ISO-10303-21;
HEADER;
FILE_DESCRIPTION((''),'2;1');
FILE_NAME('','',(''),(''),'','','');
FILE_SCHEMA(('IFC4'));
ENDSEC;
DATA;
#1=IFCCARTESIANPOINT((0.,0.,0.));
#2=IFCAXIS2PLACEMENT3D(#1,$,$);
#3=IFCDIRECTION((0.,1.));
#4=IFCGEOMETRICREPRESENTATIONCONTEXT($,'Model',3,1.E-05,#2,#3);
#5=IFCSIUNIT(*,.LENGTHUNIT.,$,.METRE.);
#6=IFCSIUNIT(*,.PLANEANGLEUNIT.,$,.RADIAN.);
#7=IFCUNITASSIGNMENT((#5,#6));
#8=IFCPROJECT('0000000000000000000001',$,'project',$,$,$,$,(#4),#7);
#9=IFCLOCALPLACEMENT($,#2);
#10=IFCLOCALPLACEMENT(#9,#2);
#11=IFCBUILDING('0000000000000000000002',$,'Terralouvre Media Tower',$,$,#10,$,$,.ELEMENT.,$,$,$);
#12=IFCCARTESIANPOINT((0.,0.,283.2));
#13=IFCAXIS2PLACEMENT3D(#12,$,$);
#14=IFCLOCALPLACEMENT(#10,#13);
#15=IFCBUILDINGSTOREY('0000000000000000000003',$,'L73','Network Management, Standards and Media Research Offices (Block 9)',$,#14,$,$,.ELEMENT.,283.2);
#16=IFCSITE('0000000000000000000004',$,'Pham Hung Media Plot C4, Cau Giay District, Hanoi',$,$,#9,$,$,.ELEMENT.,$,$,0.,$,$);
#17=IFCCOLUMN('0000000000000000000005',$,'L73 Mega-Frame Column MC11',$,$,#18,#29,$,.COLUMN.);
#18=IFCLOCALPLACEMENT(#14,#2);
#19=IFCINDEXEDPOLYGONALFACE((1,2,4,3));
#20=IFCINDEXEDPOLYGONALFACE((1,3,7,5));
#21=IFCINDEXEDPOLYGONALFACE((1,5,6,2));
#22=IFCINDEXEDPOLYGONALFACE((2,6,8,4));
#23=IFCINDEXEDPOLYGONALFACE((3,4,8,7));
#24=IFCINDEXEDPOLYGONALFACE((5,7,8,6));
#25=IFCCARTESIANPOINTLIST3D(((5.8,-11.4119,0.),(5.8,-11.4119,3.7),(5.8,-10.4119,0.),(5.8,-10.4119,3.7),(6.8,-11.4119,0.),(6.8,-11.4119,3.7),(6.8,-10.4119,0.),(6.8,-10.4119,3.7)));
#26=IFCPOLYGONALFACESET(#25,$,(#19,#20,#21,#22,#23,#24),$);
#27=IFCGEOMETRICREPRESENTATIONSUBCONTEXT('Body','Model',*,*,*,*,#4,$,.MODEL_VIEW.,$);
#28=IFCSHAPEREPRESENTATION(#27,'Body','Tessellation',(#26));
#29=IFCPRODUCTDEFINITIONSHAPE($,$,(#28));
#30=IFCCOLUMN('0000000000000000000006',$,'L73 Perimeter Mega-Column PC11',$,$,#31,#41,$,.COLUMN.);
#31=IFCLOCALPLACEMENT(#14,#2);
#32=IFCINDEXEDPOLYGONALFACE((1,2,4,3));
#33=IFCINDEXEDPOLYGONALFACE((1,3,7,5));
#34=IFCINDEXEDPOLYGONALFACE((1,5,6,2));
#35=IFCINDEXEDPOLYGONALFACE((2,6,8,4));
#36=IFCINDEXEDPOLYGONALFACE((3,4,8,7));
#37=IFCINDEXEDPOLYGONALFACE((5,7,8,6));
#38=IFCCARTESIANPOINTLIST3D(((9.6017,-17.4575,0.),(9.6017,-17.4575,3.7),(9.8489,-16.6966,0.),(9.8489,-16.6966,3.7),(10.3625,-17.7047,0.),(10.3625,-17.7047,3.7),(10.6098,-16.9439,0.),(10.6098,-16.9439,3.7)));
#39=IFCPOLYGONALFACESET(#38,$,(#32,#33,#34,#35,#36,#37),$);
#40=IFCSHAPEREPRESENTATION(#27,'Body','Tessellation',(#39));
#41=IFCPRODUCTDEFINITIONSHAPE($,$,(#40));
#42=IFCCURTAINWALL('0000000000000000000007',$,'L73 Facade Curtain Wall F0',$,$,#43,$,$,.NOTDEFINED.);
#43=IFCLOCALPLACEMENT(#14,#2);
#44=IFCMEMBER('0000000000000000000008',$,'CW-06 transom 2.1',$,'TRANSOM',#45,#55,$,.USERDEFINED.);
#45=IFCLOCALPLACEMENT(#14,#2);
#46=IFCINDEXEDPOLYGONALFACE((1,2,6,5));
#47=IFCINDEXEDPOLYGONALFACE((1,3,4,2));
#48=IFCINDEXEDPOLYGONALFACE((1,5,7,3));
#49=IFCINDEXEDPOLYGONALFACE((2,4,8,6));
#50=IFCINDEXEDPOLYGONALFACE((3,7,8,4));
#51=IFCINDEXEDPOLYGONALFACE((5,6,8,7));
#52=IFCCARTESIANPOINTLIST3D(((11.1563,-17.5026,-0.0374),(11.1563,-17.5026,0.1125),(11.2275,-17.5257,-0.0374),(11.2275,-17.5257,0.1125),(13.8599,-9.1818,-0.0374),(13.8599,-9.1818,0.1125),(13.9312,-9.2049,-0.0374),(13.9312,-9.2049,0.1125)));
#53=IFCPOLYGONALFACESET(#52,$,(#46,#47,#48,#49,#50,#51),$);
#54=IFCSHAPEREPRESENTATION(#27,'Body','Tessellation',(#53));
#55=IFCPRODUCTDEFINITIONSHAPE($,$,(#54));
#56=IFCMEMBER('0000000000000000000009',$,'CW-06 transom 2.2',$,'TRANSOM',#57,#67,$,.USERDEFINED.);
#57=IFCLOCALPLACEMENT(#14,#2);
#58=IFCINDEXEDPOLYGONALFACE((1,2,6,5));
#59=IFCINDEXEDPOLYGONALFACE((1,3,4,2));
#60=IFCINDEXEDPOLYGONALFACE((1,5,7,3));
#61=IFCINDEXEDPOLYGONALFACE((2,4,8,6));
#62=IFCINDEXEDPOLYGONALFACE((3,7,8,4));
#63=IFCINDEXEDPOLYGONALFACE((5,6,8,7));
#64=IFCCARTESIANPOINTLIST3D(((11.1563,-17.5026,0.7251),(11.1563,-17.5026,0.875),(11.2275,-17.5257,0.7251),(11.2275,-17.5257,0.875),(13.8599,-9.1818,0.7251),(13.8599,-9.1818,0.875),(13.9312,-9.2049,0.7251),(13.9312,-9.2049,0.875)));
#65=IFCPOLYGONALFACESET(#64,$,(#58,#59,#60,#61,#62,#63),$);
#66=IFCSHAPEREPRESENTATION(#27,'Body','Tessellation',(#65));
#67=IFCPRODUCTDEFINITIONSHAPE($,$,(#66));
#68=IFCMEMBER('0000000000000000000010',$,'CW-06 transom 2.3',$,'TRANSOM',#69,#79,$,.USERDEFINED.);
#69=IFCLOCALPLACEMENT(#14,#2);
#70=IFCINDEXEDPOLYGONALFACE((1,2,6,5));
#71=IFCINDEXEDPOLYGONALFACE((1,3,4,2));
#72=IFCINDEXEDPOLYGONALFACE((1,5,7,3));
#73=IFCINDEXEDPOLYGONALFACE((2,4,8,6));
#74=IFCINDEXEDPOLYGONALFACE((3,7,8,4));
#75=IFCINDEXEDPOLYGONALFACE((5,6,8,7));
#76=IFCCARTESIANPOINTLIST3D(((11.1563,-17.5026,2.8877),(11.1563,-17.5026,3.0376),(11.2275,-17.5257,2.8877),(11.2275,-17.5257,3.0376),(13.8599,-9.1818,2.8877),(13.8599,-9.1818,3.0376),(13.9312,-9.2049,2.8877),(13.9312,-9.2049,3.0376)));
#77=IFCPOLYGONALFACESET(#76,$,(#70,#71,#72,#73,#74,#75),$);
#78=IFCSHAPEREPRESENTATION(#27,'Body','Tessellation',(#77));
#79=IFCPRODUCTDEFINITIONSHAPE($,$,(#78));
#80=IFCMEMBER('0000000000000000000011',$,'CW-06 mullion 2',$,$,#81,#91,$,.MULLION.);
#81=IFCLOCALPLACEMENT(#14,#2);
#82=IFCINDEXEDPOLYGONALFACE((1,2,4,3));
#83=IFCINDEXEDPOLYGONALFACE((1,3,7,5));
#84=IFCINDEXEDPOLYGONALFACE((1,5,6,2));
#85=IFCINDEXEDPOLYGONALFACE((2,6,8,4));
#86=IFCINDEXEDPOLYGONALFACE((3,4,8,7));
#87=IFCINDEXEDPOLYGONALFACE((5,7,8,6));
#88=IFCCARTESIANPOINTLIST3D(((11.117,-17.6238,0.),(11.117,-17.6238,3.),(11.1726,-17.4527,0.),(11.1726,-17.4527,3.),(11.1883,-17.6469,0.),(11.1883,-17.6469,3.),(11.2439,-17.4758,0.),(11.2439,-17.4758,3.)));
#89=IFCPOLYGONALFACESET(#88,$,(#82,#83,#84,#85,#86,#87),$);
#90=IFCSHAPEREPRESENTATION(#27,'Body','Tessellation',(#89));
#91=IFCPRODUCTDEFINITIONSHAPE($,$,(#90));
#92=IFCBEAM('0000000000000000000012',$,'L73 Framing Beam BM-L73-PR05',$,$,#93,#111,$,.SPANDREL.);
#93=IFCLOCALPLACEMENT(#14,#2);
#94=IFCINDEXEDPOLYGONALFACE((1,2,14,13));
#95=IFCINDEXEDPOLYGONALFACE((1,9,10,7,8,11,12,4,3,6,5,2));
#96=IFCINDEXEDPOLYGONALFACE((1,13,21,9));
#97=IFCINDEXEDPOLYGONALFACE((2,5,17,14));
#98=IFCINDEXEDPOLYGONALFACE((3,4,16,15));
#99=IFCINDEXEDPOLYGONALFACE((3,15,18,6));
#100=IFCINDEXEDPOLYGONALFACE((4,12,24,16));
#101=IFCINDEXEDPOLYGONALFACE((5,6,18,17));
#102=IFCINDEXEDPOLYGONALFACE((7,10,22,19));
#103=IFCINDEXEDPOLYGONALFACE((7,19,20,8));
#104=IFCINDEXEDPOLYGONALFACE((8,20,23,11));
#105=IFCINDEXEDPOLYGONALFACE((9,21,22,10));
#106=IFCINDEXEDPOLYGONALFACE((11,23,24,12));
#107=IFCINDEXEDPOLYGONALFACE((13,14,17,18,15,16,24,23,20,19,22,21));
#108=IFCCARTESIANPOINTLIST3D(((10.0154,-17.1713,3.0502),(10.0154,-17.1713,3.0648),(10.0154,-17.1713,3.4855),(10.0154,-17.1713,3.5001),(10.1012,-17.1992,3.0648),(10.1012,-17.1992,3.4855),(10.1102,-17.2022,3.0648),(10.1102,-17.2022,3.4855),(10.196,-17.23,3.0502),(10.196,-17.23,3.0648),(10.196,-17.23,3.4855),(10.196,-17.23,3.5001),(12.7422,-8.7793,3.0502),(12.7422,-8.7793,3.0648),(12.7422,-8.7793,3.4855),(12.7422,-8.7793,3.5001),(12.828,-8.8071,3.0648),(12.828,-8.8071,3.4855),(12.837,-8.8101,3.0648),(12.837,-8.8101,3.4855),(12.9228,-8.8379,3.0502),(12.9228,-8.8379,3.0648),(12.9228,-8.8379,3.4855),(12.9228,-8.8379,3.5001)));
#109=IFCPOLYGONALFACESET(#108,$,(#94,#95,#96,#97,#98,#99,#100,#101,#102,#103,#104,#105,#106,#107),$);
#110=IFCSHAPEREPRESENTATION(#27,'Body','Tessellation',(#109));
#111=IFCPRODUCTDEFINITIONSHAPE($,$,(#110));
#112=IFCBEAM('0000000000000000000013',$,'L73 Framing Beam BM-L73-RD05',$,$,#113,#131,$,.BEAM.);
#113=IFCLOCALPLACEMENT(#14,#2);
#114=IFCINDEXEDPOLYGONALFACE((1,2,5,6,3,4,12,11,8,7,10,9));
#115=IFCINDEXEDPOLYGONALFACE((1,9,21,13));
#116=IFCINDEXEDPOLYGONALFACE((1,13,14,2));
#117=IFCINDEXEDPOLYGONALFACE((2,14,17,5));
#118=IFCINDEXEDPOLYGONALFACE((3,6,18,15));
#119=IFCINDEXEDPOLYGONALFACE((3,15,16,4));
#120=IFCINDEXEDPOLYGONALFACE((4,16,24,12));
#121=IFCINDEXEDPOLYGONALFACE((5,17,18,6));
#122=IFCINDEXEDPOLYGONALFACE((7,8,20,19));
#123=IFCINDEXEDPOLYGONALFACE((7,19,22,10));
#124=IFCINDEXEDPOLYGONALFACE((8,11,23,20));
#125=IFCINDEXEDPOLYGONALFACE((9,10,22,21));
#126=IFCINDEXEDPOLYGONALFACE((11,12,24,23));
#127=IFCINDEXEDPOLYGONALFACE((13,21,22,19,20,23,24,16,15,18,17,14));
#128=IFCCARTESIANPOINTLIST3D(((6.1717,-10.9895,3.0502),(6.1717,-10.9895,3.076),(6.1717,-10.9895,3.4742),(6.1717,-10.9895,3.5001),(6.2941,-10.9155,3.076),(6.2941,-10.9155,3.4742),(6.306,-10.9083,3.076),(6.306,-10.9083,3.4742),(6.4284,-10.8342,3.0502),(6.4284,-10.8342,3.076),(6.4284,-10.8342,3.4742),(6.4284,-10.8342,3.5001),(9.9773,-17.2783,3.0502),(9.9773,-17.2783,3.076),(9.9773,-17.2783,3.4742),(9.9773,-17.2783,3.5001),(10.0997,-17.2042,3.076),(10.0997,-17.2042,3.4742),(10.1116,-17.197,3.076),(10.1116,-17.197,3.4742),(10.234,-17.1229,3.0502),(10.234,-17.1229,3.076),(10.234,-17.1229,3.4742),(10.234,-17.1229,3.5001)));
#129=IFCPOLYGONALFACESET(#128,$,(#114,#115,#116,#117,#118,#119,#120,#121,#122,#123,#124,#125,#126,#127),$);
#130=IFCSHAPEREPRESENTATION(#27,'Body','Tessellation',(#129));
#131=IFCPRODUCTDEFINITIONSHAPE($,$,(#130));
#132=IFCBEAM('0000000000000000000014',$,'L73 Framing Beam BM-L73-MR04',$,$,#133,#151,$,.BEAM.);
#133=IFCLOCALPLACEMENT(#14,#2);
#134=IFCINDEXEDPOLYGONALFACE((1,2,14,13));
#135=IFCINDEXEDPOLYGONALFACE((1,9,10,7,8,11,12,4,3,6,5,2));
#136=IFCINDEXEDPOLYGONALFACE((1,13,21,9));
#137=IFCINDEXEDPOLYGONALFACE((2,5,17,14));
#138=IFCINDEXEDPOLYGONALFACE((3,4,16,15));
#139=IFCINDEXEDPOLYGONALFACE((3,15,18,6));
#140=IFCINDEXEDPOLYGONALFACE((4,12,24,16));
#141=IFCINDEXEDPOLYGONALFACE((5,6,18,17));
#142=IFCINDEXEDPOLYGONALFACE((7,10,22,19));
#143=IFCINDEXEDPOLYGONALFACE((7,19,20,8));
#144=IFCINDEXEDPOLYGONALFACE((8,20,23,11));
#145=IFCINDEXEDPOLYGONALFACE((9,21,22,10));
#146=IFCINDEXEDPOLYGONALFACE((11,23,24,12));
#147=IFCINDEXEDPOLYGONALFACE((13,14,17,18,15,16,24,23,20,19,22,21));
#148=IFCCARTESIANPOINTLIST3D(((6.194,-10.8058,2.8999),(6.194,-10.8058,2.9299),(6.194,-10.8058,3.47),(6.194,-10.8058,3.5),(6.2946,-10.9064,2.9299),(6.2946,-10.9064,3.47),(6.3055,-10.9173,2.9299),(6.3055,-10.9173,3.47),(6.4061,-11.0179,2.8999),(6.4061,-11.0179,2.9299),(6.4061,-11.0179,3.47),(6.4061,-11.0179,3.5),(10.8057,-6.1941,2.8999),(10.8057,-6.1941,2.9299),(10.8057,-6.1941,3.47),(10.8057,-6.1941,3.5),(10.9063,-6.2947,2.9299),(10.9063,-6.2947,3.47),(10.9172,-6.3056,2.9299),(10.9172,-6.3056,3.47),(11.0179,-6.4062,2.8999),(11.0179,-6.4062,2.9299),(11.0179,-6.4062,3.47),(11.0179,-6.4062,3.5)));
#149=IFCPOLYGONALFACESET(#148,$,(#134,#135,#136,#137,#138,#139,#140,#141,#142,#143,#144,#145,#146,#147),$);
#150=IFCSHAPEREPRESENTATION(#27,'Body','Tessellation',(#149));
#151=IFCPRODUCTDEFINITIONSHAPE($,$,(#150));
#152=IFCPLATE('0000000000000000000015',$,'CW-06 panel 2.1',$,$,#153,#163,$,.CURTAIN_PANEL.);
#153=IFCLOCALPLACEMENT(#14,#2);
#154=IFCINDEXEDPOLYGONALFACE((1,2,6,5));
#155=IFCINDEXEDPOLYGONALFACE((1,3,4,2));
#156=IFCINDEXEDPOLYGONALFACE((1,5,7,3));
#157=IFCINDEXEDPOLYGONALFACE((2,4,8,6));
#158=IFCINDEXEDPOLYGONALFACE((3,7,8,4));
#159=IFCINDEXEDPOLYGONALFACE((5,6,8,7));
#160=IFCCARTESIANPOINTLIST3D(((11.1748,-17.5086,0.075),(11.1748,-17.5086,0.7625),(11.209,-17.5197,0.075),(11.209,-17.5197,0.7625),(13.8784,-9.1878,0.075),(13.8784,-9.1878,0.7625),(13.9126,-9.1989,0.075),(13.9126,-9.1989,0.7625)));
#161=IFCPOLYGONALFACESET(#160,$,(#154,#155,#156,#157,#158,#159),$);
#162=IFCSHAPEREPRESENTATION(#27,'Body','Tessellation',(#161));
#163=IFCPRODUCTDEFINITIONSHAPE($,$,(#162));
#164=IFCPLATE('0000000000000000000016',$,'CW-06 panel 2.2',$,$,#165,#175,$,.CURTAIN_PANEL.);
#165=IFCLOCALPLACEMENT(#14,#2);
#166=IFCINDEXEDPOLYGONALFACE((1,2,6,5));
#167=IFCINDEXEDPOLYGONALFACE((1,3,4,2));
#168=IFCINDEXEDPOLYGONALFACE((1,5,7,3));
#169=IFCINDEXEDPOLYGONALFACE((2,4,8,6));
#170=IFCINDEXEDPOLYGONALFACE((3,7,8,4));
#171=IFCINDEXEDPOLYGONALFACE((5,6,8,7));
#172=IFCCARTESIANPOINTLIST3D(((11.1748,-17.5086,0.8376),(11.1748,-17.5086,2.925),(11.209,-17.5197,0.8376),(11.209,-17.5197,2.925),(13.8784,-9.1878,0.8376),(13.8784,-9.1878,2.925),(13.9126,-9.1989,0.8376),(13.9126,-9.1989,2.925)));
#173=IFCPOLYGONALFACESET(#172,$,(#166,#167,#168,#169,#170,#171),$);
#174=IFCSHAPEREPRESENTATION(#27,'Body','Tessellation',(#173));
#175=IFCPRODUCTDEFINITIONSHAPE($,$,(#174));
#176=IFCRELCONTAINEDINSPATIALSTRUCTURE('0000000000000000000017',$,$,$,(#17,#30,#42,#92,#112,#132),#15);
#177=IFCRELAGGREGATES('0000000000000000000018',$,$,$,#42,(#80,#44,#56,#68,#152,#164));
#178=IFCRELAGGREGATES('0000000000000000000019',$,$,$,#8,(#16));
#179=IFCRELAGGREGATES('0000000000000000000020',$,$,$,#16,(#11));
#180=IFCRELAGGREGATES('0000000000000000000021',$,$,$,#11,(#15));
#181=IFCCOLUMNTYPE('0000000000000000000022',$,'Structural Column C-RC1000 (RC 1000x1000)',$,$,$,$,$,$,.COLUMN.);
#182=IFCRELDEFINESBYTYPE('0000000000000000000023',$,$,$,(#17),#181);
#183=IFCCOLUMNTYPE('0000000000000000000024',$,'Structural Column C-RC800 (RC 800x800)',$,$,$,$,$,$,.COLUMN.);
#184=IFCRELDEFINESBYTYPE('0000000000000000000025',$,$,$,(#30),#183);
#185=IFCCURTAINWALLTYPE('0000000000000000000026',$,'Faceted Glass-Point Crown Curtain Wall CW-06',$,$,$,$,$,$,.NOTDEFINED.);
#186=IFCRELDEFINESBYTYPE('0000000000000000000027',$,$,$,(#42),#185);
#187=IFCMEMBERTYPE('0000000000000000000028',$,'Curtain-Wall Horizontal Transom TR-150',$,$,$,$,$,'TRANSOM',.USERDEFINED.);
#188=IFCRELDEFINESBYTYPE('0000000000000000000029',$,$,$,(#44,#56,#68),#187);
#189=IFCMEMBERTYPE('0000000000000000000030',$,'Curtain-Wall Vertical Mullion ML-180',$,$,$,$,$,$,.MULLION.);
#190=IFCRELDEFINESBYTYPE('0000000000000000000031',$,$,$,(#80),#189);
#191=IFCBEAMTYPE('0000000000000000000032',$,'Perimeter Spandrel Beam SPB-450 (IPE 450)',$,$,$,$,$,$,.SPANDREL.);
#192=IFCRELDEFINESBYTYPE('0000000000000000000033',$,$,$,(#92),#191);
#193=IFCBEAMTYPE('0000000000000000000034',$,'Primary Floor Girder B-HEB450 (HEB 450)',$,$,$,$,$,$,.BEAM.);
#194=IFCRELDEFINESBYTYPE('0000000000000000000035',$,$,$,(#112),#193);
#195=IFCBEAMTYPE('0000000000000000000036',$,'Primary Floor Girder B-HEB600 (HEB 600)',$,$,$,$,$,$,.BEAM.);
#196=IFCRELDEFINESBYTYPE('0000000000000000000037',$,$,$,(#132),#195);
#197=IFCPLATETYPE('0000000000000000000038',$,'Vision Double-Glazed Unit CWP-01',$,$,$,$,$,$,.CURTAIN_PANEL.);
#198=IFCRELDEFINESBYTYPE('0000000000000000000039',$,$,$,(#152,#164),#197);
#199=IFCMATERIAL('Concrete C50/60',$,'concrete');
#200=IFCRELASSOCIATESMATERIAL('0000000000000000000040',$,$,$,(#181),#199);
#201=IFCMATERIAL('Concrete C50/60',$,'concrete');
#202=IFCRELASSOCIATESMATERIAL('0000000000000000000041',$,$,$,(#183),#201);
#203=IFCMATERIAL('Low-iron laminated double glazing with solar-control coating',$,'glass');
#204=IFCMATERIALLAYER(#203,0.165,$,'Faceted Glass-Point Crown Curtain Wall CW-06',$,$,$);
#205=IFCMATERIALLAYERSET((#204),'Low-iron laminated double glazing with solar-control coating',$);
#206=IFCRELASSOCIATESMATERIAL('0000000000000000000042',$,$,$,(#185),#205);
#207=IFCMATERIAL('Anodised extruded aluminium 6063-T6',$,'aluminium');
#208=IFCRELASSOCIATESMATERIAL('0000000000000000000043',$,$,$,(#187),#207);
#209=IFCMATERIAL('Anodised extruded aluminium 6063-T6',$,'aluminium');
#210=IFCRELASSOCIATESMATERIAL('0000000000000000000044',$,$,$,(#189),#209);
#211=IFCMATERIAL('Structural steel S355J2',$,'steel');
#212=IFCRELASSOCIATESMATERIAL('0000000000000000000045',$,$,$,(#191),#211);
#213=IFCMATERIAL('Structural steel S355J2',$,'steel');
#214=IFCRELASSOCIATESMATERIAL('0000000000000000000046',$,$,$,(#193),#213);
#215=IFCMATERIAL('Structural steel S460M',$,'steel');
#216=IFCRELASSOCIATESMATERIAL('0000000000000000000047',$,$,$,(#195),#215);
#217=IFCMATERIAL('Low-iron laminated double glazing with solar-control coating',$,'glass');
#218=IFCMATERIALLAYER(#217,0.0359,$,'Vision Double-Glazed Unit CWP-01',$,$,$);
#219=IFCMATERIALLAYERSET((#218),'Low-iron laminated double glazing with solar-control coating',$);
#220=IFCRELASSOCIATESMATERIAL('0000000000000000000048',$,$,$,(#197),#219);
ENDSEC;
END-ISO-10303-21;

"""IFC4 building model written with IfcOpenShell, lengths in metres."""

from ifc_helpers import new_model, si_unit, direction, frame, origin, origin_2d, place, context, subcontext, project, spatial, rectangle, i_section, extrude, material, layer, layer_set, material_profile, profile_set, type_object, element, aggregate, save


model = new_model("IFC4")

# Units and contexts
model_context = context("Model", 3, precision=1e-05, world=origin(), true_north=direction((0.0, 1.0)))
body_context = subcontext(model_context, "Body", "Model", "MODEL_VIEW")
ifc_project = project(units=[si_unit("LENGTHUNIT", "METRE"), si_unit("PLANEANGLEUNIT", "RADIAN")], contexts=[model_context])

# Site, building, storey
site_placement = place(None, origin())
site = spatial("IfcSite", under=ifc_project, at=site_placement, Name="Pham Hung Media Plot C4, Cau Giay District, Hanoi", CompositionType="ELEMENT", RefElevation=0.0)
building_placement = place(site_placement, origin())
building = spatial("IfcBuilding", under=site, at=building_placement, Name="Terralouvre Media Tower", CompositionType="ELEMENT")
storey_placement = place(building_placement, frame((0.0, 0.0, 283.2)))
storey = spatial("IfcBuildingStorey", under=building, at=storey_placement, Name="L73", Description="Network Management, Standards and Media Research Offices (Block 9)", CompositionType="ELEMENT", Elevation=283.2)

# Columns
ifc_material_1 = material(Name="Concrete C50/60", Category="concrete")
ifc_material_profile_1 = material_profile(ifc_material_1, rectangle(XDim=1.0, YDim=1.0, at=origin_2d()), Name="RC 1000x1000")
ifc_profile_set_1 = profile_set([ifc_material_profile_1], Name="Concrete C50/60")
column_type_1 = type_object("IfcColumnType", Name="Structural Column C-RC1000 (RC 1000x1000)", PredefinedType="COLUMN", material=ifc_profile_set_1)
column_1_placement = place(storey_placement, frame((6.3, -10.9119, 0.0), z_axis=(0.0, 0.0, 1.0), x_axis=(1.0, 0.0, 0.0)))
element("IfcColumn", 1, at=column_1_placement, inside=storey, type_object=column_type_1, Name="L73 Mega-Frame Column MC11", PredefinedType="COLUMN", context=body_context, shape_type="SweptSolid", body=[
    extrude(rectangle(XDim=1.0, YDim=1.0, at=origin_2d()), origin(), (0.0, 0.0, 1.0), 3.7),
])
ifc_material_2 = material(Name="Concrete C50/60", Category="concrete")
ifc_material_profile_2 = material_profile(ifc_material_2, rectangle(XDim=0.8, YDim=0.8, at=origin_2d()), Name="RC 800x800")
ifc_profile_set_2 = profile_set([ifc_material_profile_2], Name="Concrete C50/60")
column_type_2 = type_object("IfcColumnType", Name="Structural Column C-RC800 (RC 800x800)", PredefinedType="COLUMN", material=ifc_profile_set_2)
column_2_placement = place(storey_placement, frame((10.1057, -17.2007, 0.0), z_axis=(0.0, 0.0, 1.0), x_axis=(0.309017, 0.951057, 0.0)))
element("IfcColumn", 2, at=column_2_placement, inside=storey, type_object=column_type_2, Name="L73 Perimeter Mega-Column PC11", PredefinedType="COLUMN", context=body_context, shape_type="SweptSolid", body=[
    extrude(rectangle(XDim=0.8, YDim=0.8, at=origin_2d()), origin(), (0.0, 0.0, 1.0), 3.7),
])

# Curtain wall, members
ifc_material_3 = material(Name="Low-iron laminated double glazing with solar-control coating", Category="glass")
ifc_layer_1 = layer(ifc_material_3, 0.165, Name="Faceted Glass-Point Crown Curtain Wall CW-06")
ifc_layer_set_1 = layer_set([ifc_layer_1], Name="Low-iron laminated double glazing with solar-control coating")
curtain_wall_type = type_object("IfcCurtainWallType", Name="Faceted Glass-Point Crown Curtain Wall CW-06", PredefinedType="NOTDEFINED", material=ifc_layer_set_1)
curtain_wall_placement = place(storey_placement, origin())
curtain_wall = element("IfcCurtainWall", 3, at=curtain_wall_placement, inside=storey, type_object=curtain_wall_type, Name="L73 Facade Curtain Wall F0", PredefinedType="NOTDEFINED")
ifc_material_4 = material(Name="Anodised extruded aluminium 6063-T6", Category="aluminium")
ifc_material_profile_3 = material_profile(ifc_material_4, rectangle(XDim=0.075, YDim=0.1499, at=origin_2d()), Name="ALU 75x150")
ifc_profile_set_3 = profile_set([ifc_material_profile_3], Name="Anodised extruded aluminium 6063-T6")
member_type_1 = type_object("IfcMemberType", Name="Curtain-Wall Horizontal Transom TR-150", ElementType="TRANSOM", PredefinedType="USERDEFINED", material=ifc_profile_set_3)
member_1_placement = place(storey_placement, frame((11.1919, -17.5142, 0.0376), z_axis=(0.309019, 0.951056, 0.0), x_axis=(-0.951056, 0.309019, 0.0)))
member_1 = element("IfcMember", 4, at=member_1_placement, type_object=member_type_1, Name="CW-06 transom 2.1", ObjectType="TRANSOM", PredefinedType="USERDEFINED", context=body_context, shape_type="SweptSolid", body=[
    extrude(rectangle(XDim=0.075, YDim=0.1499, at=origin_2d()), origin(), (0.0, 0.0, 1.0), 8.749),
])
member_2_placement = place(storey_placement, frame((11.1919, -17.5142, 0.8), z_axis=(0.309019, 0.951056, 0.0), x_axis=(-0.951056, 0.309019, 0.0)))
member_2 = element("IfcMember", 5, at=member_2_placement, type_object=member_type_1, Name="CW-06 transom 2.2", ObjectType="TRANSOM", PredefinedType="USERDEFINED", context=body_context, shape_type="SweptSolid", body=[
    extrude(rectangle(XDim=0.075, YDim=0.1499, at=origin_2d()), origin(), (0.0, 0.0, 1.0), 8.749),
])
member_3_placement = place(storey_placement, frame((11.1919, -17.5142, 2.9626), z_axis=(0.309019, 0.951056, 0.0), x_axis=(-0.951056, 0.309019, 0.0)))
member_3 = element("IfcMember", 6, at=member_3_placement, type_object=member_type_1, Name="CW-06 transom 2.3", ObjectType="TRANSOM", PredefinedType="USERDEFINED", context=body_context, shape_type="SweptSolid", body=[
    extrude(rectangle(XDim=0.075, YDim=0.1499, at=origin_2d()), origin(), (0.0, 0.0, 1.0), 8.749),
])
ifc_material_5 = material(Name="Anodised extruded aluminium 6063-T6", Category="aluminium")
ifc_material_profile_4 = material_profile(ifc_material_5, rectangle(XDim=0.075, YDim=0.1799, at=origin_2d()), Name="ALU 75x180")
ifc_profile_set_4 = profile_set([ifc_material_profile_4], Name="Anodised extruded aluminium 6063-T6")
member_type_2 = type_object("IfcMemberType", Name="Curtain-Wall Vertical Mullion ML-180", PredefinedType="MULLION", material=ifc_profile_set_4)
member_4_placement = place(storey_placement, frame((11.1804, -17.5498, 0.0), z_axis=(0.0, 0.0, 1.0), x_axis=(-0.951057, 0.309017, 0.0)))
member_4 = element("IfcMember", 7, at=member_4_placement, type_object=member_type_2, Name="CW-06 mullion 2", PredefinedType="MULLION", context=body_context, shape_type="SweptSolid", body=[
    extrude(rectangle(XDim=0.075, YDim=0.1799, at=origin_2d()), origin(), (0.0, 0.0, 1.0), 3.0),
])

# Beams
ifc_material_6 = material(Name="Structural steel S355J2", Category="steel")
ifc_material_profile_5 = material_profile(ifc_material_6, i_section(OverallWidth=0.1899, OverallDepth=0.45, WebThickness=0.0095, FlangeThickness=0.0146, at=origin_2d()), Name="IPE 450")
ifc_profile_set_5 = profile_set([ifc_material_profile_5], Name="Structural steel S355J2")
beam_type_1 = type_object("IfcBeamType", Name="Perimeter Spandrel Beam SPB-450 (IPE 450)", PredefinedType="SPANDREL", material=ifc_profile_set_5)
beam_1_placement = place(storey_placement, frame((10.1057, -17.2007, 3.2751), z_axis=(0.309022, 0.951055, 0.0), x_axis=(-0.951055, 0.309022, 0.0)))
element("IfcBeam", 8, at=beam_1_placement, inside=storey, type_object=beam_type_1, Name="L73 Framing Beam BM-L73-PR05", PredefinedType="SPANDREL", context=body_context, shape_type="SweptSolid", body=[
    extrude(i_section(OverallWidth=0.1899, OverallDepth=0.45, WebThickness=0.0095, FlangeThickness=0.0146, at=origin_2d()), origin(), (0.0, 0.0, 1.0), 8.824),
])
ifc_material_7 = material(Name="Structural steel S355J2", Category="steel")
ifc_material_profile_6 = material_profile(ifc_material_7, i_section(OverallWidth=0.3, OverallDepth=0.45, WebThickness=0.0139, FlangeThickness=0.0259, at=origin_2d()), Name="HEB 450")
ifc_profile_set_6 = profile_set([ifc_material_profile_6], Name="Structural steel S355J2")
beam_type_2 = type_object("IfcBeamType", Name="Primary Floor Girder B-HEB450 (HEB 450)", PredefinedType="BEAM", material=ifc_profile_set_6)
beam_2_placement = place(storey_placement, frame((6.3, -10.9119, 3.2751), z_axis=(0.51773, -0.855544, 0.0), x_axis=(0.855544, 0.51773, 0.0)))
element("IfcBeam", 9, at=beam_2_placement, inside=storey, type_object=beam_type_2, Name="L73 Framing Beam BM-L73-RD05", PredefinedType="BEAM", context=body_context, shape_type="SweptSolid", body=[
    extrude(i_section(OverallWidth=0.3, OverallDepth=0.45, WebThickness=0.0139, FlangeThickness=0.0259, at=origin_2d()), origin(), (0.0, 0.0, 1.0), 7.3506),
])
ifc_material_8 = material(Name="Structural steel S460M", Category="steel")
ifc_material_profile_7 = material_profile(ifc_material_8, i_section(OverallWidth=0.3, OverallDepth=0.6001, WebThickness=0.0154, FlangeThickness=0.03, at=origin_2d()), Name="HEB 600")
ifc_profile_set_7 = profile_set([ifc_material_profile_7], Name="Structural steel S460M")
beam_type_3 = type_object("IfcBeamType", Name="Primary Floor Girder B-HEB600 (HEB 600)", PredefinedType="BEAM", material=ifc_profile_set_7)
beam_3_placement = place(storey_placement, frame((6.3, -10.9119, 3.2), z_axis=(0.707107, 0.707107, 0.0), x_axis=(-0.707107, 0.707107, 0.0)))
element("IfcBeam", 10, at=beam_3_placement, inside=storey, type_object=beam_type_3, Name="L73 Framing Beam BM-L73-MR04", PredefinedType="BEAM", context=body_context, shape_type="SweptSolid", body=[
    extrude(i_section(OverallWidth=0.3, OverallDepth=0.6001, WebThickness=0.0154, FlangeThickness=0.03, at=origin_2d()), origin(), (0.0, 0.0, 1.0), 6.522),
])

# Plates
ifc_material_9 = material(Name="Low-iron laminated double glazing with solar-control coating", Category="glass")
ifc_layer_2 = layer(ifc_material_9, 0.0359, Name="Vision Double-Glazed Unit CWP-01")
ifc_layer_set_2 = layer_set([ifc_layer_2], Name="Low-iron laminated double glazing with solar-control coating")
plate_type = type_object("IfcPlateType", Name="Vision Double-Glazed Unit CWP-01", PredefinedType="CURTAIN_PANEL", material=ifc_layer_set_2)
plate_1_placement = place(storey_placement, frame((12.5437, -13.3538, 0.075), z_axis=(0.0, 0.0, 1.0), x_axis=(0.309017, 0.951057, 0.0)))
plate_1 = element("IfcPlate", 11, at=plate_1_placement, type_object=plate_type, Name="CW-06 panel 2.1", PredefinedType="CURTAIN_PANEL", context=body_context, shape_type="SweptSolid", body=[
    extrude(rectangle(XDim=8.749, YDim=0.0359, at=origin_2d()), origin(), (0.0, 0.0, 1.0), 0.6875),
])
plate_2_placement = place(storey_placement, frame((12.5437, -13.3538, 0.8376), z_axis=(0.0, 0.0, 1.0), x_axis=(0.309017, 0.951057, 0.0)))
plate_2 = element("IfcPlate", 12, at=plate_2_placement, type_object=plate_type, Name="CW-06 panel 2.2", PredefinedType="CURTAIN_PANEL", context=body_context, shape_type="SweptSolid", body=[
    extrude(rectangle(XDim=8.749, YDim=0.0359, at=origin_2d()), origin(), (0.0, 0.0, 1.0), 2.0874),
])
aggregate(curtain_wall, [member_4, member_1, member_2, member_3, plate_1, plate_2])

save(model, "model.ifc")
